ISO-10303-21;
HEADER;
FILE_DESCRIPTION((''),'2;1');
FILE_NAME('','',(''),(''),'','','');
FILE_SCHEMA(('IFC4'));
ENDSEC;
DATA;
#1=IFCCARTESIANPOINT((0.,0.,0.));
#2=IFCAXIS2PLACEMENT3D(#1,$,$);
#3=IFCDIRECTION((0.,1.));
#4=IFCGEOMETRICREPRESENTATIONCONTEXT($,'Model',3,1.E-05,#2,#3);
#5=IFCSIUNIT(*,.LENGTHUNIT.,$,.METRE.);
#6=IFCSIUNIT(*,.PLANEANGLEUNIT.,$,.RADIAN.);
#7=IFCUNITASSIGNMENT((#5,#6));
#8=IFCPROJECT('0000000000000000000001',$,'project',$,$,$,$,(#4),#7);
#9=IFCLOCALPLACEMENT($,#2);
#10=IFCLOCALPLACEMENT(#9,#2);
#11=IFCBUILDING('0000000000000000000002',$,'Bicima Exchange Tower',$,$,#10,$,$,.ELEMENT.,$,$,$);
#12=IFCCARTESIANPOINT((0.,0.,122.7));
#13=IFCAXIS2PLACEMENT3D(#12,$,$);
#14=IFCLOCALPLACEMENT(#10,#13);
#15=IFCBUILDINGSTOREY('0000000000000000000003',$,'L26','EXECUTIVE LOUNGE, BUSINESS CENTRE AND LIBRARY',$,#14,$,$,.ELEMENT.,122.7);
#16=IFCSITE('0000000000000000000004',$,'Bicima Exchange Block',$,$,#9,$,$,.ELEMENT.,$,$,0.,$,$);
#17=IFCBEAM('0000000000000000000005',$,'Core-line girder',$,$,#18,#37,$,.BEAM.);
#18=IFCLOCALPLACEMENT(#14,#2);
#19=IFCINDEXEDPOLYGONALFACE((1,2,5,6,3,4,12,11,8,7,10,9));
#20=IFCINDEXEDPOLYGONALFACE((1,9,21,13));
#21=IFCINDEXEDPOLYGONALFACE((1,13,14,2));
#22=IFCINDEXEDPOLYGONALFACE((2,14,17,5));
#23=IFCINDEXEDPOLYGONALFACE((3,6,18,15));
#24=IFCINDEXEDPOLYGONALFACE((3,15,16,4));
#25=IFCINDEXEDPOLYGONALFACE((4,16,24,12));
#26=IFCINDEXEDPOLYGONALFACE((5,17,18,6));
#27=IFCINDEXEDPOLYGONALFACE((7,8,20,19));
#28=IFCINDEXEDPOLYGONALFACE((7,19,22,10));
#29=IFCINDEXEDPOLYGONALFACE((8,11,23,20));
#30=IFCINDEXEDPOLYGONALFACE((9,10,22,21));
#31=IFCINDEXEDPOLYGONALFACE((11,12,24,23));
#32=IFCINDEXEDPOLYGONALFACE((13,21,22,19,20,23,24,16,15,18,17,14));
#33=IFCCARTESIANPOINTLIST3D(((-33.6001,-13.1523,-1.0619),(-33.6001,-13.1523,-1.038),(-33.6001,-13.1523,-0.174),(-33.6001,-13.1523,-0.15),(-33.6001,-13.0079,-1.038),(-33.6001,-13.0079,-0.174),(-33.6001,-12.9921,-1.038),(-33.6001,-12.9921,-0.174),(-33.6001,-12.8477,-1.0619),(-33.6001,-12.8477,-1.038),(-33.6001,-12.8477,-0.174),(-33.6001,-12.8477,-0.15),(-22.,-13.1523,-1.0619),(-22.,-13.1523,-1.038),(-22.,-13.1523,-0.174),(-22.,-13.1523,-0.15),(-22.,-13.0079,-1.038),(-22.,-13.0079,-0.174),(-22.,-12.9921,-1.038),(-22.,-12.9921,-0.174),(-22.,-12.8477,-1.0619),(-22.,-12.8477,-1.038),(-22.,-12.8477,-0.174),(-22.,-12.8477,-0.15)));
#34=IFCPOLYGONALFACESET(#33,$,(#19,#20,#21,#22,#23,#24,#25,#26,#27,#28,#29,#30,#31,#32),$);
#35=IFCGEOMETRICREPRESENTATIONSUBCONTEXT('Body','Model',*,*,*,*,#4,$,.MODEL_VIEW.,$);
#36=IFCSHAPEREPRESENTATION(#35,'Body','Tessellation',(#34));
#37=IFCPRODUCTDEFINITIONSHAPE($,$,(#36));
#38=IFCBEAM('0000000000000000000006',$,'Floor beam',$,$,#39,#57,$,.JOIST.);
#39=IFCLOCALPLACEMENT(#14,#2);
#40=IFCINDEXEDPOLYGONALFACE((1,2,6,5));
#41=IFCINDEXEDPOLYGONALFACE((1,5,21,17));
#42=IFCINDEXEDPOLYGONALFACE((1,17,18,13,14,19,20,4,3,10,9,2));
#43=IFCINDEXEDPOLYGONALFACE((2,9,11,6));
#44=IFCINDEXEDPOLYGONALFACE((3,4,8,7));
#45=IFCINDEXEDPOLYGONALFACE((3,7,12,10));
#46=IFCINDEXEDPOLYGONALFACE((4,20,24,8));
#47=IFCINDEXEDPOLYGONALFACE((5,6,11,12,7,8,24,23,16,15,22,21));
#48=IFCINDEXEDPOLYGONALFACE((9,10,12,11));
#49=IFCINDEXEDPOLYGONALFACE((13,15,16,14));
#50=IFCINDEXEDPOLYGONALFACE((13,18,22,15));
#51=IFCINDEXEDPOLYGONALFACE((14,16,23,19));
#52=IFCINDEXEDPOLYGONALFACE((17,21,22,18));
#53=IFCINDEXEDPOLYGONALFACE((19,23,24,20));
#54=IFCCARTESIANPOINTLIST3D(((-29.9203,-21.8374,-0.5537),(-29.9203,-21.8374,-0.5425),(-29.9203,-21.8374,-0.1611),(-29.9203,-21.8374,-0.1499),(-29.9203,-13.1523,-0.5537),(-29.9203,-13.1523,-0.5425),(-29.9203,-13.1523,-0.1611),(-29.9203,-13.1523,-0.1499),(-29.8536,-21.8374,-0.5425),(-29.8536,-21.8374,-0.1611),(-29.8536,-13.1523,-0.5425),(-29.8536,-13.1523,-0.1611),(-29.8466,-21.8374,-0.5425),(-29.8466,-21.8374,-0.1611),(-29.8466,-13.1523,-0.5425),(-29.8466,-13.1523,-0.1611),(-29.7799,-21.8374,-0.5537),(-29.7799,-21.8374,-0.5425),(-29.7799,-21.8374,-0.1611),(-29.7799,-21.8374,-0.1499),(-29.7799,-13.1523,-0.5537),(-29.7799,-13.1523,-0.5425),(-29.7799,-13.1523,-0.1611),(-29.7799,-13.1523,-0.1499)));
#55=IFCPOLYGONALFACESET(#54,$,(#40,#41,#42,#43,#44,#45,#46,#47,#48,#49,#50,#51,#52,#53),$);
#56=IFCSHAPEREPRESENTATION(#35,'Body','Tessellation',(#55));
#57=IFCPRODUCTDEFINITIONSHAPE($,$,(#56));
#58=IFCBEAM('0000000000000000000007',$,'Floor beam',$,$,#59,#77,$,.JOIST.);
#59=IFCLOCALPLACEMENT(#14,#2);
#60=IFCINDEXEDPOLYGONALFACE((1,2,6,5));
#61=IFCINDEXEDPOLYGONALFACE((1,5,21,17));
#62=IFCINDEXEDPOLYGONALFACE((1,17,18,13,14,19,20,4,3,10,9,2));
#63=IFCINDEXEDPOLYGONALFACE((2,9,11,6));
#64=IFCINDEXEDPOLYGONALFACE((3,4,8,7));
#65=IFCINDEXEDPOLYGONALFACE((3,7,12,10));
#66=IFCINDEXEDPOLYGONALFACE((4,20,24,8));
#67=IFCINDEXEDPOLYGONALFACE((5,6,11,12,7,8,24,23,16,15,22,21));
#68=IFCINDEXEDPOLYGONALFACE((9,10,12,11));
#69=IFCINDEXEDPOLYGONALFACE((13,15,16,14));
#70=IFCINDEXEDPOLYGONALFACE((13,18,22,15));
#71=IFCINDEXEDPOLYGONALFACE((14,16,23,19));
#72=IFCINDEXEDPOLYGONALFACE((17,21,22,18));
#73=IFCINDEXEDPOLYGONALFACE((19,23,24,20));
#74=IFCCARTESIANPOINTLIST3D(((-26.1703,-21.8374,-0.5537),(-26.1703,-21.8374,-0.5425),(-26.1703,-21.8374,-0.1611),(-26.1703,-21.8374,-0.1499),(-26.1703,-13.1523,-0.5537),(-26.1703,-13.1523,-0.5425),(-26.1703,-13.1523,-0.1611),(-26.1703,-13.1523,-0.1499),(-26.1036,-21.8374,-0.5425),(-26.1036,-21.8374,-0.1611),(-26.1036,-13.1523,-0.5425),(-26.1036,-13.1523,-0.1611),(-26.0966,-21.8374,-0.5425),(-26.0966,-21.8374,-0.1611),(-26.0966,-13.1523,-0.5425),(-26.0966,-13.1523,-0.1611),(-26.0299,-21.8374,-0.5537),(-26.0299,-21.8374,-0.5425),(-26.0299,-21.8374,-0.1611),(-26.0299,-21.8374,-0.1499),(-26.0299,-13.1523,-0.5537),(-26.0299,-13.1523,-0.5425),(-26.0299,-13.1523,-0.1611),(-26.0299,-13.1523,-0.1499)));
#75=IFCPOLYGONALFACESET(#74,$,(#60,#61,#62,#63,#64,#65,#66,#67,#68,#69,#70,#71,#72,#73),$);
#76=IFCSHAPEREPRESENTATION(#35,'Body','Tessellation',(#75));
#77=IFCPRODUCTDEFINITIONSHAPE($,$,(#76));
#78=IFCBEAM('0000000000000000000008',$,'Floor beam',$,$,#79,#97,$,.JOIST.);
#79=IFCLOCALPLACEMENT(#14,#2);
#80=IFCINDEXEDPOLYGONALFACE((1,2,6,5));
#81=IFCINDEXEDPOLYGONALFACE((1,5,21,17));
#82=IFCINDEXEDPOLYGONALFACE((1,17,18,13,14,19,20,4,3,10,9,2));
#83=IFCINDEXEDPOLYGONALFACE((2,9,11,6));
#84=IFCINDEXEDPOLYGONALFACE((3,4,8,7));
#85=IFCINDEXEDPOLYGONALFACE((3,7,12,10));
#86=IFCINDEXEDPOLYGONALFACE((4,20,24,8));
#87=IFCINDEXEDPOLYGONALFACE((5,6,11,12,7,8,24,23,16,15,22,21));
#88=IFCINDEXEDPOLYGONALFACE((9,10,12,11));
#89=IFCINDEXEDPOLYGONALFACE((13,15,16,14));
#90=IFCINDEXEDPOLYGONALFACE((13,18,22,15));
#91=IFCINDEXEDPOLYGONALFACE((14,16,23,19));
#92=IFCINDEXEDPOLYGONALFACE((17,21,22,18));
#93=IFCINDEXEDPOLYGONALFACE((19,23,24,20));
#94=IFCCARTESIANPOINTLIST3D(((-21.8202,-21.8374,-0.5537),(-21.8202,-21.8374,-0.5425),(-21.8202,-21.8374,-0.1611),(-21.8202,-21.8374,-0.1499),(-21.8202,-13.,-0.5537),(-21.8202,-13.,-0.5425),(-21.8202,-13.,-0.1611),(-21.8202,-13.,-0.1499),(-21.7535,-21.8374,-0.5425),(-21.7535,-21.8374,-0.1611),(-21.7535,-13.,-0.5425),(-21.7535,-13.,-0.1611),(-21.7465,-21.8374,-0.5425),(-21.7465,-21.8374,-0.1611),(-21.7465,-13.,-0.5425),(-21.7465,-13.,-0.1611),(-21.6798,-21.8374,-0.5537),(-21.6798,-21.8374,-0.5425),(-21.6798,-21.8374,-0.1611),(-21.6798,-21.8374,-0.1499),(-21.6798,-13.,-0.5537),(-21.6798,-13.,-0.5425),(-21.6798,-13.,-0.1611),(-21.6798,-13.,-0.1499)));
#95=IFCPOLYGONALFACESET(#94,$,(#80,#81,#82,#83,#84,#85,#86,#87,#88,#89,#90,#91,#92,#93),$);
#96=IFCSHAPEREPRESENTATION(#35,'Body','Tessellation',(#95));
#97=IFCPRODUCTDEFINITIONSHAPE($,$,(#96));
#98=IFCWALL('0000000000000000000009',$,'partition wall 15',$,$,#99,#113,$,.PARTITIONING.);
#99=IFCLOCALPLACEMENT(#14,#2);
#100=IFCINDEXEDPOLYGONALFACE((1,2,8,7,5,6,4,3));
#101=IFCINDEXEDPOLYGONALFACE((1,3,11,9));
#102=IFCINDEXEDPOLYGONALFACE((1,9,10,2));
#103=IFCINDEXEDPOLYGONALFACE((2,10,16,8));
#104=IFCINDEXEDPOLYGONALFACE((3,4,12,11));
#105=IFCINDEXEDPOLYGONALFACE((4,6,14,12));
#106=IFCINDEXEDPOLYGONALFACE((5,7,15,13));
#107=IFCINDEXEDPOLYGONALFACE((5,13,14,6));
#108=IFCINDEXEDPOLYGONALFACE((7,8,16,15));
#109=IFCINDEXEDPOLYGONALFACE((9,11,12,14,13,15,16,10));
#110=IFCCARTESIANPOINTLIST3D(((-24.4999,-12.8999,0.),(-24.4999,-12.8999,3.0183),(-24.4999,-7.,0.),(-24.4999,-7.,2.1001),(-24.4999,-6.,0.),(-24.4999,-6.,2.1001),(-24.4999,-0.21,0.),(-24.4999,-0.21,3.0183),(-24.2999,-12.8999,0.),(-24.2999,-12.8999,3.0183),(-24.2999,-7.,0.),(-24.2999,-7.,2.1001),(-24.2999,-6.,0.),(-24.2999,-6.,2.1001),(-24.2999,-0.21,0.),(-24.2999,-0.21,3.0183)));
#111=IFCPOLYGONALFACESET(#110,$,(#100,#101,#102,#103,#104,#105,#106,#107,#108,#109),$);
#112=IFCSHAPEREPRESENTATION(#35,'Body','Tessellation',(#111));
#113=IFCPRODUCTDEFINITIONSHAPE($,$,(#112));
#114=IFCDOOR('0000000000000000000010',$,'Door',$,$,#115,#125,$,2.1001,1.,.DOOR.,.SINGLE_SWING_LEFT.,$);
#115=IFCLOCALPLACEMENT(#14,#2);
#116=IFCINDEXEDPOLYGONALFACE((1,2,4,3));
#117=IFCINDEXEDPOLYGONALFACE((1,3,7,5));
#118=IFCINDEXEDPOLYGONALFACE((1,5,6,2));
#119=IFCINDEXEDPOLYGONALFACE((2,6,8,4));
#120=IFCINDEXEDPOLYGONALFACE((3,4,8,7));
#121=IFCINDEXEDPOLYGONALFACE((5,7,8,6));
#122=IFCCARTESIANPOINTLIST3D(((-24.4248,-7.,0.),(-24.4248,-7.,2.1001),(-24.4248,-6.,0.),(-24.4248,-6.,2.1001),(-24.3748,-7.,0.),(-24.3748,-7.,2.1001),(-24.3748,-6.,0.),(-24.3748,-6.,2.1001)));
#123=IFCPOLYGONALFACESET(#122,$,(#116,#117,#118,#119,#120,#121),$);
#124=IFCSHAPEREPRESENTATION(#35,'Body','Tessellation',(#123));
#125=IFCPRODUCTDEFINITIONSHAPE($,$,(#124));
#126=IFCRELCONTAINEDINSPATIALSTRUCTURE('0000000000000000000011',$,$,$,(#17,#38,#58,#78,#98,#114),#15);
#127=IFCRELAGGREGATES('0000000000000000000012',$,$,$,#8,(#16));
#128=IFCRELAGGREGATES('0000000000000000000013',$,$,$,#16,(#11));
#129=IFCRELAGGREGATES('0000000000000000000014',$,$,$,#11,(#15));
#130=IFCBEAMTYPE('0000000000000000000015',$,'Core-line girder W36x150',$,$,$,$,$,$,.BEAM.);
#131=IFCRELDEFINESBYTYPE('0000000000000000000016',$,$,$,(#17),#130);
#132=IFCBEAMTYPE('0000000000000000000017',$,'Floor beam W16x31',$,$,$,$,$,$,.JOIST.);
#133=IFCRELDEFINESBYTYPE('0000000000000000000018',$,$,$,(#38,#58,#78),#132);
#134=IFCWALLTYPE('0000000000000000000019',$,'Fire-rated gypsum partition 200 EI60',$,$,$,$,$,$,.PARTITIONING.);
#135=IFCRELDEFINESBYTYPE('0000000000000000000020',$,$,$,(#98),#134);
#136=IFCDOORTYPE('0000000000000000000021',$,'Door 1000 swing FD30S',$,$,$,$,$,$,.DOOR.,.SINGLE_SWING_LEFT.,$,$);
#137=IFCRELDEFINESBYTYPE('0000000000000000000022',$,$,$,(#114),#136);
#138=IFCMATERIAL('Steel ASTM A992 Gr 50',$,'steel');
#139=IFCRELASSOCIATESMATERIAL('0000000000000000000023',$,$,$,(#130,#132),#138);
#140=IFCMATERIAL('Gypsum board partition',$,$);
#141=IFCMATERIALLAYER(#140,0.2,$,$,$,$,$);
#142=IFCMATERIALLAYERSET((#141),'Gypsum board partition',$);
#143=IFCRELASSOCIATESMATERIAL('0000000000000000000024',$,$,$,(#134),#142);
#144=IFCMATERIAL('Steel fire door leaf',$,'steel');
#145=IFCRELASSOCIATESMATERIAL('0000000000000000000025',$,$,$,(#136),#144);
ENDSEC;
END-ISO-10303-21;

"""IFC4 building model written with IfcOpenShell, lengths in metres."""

from ifc_helpers import new_model, si_unit, direction, frame, frame_2d, origin, origin_2d, place, context, subcontext, project, spatial, rectangle, i_section, extrude, material, layer, layer_set, material_profile, profile_set, type_object, element, fill, save


model = new_model("IFC4")

# Units and contexts
model_context = context("Model", 3, precision=1e-05, world=origin(), true_north=direction((0.0, 1.0)))
body_context = subcontext(model_context, "Body", "Model", "MODEL_VIEW")
ifc_project = project(units=[si_unit("LENGTHUNIT", "METRE"), si_unit("PLANEANGLEUNIT", "RADIAN")], contexts=[model_context])

# Site, building, storey
site_placement = place(None, origin())
site = spatial("IfcSite", under=ifc_project, at=site_placement, Name="Bicima Exchange Block", CompositionType="ELEMENT", RefElevation=0.0)
building_placement = place(site_placement, origin())
building = spatial("IfcBuilding", under=site, at=building_placement, Name="Bicima Exchange Tower", CompositionType="ELEMENT")
storey_placement = place(building_placement, frame((0.0, 0.0, 122.7)))
storey = spatial("IfcBuildingStorey", under=building, at=storey_placement, Name="L26", Description="EXECUTIVE LOUNGE, BUSINESS CENTRE AND LIBRARY", CompositionType="ELEMENT", Elevation=122.7)

# Beams
ifc_material_1 = material(Name="Steel ASTM A992 Gr 50", Category="steel")
ifc_material_profile_1 = material_profile(ifc_material_1, i_section(OverallWidth=0.3047, OverallDepth=0.9119, WebThickness=0.0159, FlangeThickness=0.0239, at=origin_2d()))
ifc_profile_set_1 = profile_set([ifc_material_profile_1], Name="Steel ASTM A992 Gr 50")
beam_type_1 = type_object("IfcBeamType", Name="Core-line girder W36x150", PredefinedType="BEAM", material=ifc_profile_set_1)
beam_1_placement = place(storey_placement, frame((-22.0, -13.0, -0.606), z_axis=(-1.0, 0.0, 0.0), x_axis=(0.0, -1.0, 0.0)))
element("IfcBeam", 1, at=beam_1_placement, inside=storey, type_object=beam_type_1, Name="Core-line girder", PredefinedType="BEAM", context=body_context, shape_type="SweptSolid", body=[
    extrude(i_section(OverallWidth=0.3047, OverallDepth=0.9119, WebThickness=0.0159, FlangeThickness=0.0239, at=origin_2d()), origin(), (0.0, 0.0, 1.0), 11.6001),
])
ifc_material_profile_2 = material_profile(ifc_material_1, i_section(OverallWidth=0.1404, OverallDepth=0.4038, WebThickness=0.0071, FlangeThickness=0.0112, at=origin_2d()))
ifc_profile_set_2 = profile_set([ifc_material_profile_2], Name="Steel ASTM A992 Gr 50")
beam_type_2 = type_object("IfcBeamType", Name="Floor beam W16x31", PredefinedType="JOIST", material=ifc_profile_set_2)
for number, where, z_axis, x_axis, name in (
    (2, (-29.8501, -13.1523, -0.3518), (0.0, -1.0, 0.0), (1.0, 0.0, 0.0), "Floor beam"),
    (3, (-26.1001, -13.1523, -0.3518), (0.0, -1.0, 0.0), (1.0, 0.0, 0.0), "Floor beam"),
):
    element("IfcBeam", number, at=place(storey_placement, frame(where, z_axis=z_axis, x_axis=x_axis)), inside=storey, type_object=beam_type_2, Name=name, PredefinedType="JOIST", context=body_context, shape_type="SweptSolid", body=[
        extrude(i_section(OverallWidth=0.1404, OverallDepth=0.4038, WebThickness=0.0071, FlangeThickness=0.0112, at=origin_2d()), origin(), (0.0, 0.0, 1.0), 8.6851),
    ])
beam_2_placement = place(storey_placement, frame((-21.75, -13.0, -0.3518), z_axis=(0.0, -1.0, 0.0), x_axis=(1.0, 0.0, 0.0)))
element("IfcBeam", 4, at=beam_2_placement, inside=storey, type_object=beam_type_2, Name="Floor beam", PredefinedType="JOIST", context=body_context, shape_type="SweptSolid", body=[
    extrude(i_section(OverallWidth=0.1404, OverallDepth=0.4038, WebThickness=0.0071, FlangeThickness=0.0112, at=origin_2d()), origin(), (0.0, 0.0, 1.0), 8.8374),
])

# Wall, opening, door
ifc_material_2 = material(Name="Gypsum board partition")
ifc_layer_1 = layer(ifc_material_2, 0.2)
ifc_layer_set_1 = layer_set([ifc_layer_1], Name="Gypsum board partition")
wall_type_1 = type_object("IfcWallType", Name="Fire-rated gypsum partition 200 EI60", PredefinedType="PARTITIONING", material=ifc_layer_set_1)
wall_1_placement = place(storey_placement, frame((-24.3999, -12.8999, 0.0), z_axis=(0.0, 0.0, 1.0), x_axis=(0.0, 1.0, 0.0)))
wall_1 = element("IfcWall", 5, at=wall_1_placement, inside=storey, type_object=wall_type_1, Name="partition wall 15", PredefinedType="PARTITIONING", context=body_context, shape_type="SweptSolid", body=[
    extrude(rectangle(XDim=12.6899, YDim=0.2, at=frame_2d((6.345, 0.0))), origin(), (0.0, 0.0, 1.0), 3.0183),
])
opening_1_placement = place(wall_1_placement, frame((5.8999, 0.0, 0.0)))
opening_1 = element("IfcOpeningElement", 6, at=opening_1_placement, cuts=wall_1, PredefinedType="OPENING", context=body_context, shape_type="SweptSolid", body=[
    extrude(rectangle(XDim=1.0, YDim=2.1001, at=frame_2d((0.5, 1.05))), frame((0.0, 0.1118, 0.0), z_axis=(0.0, -1.0, 0.0), x_axis=(1.0, 0.0, 0.0)), (0.0, 0.0, 1.0), 0.2239),
])
ifc_material_3 = material(Name="Steel fire door leaf", Category="steel")
door_type_1 = type_object("IfcDoorType", Name="Door 1000 swing FD30S", OperationType="SINGLE_SWING_LEFT", PredefinedType="DOOR", material=ifc_material_3)
door_1_placement = place(opening_1_placement, origin())
door_1 = element("IfcDoor", 7, at=door_1_placement, inside=storey, type_object=door_type_1, Name="Door", OperationType="SINGLE_SWING_LEFT", OverallHeight=2.1001, OverallWidth=1.0, PredefinedType="DOOR", context=body_context, shape_type="SweptSolid", body=[
    extrude(rectangle(XDim=1.0, YDim=2.1001, at=frame_2d((0.5, 1.05))), frame((0.0, 0.0249, 0.0), z_axis=(0.0, -1.0, 0.0), x_axis=(1.0, 0.0, 0.0)), (0.0, 0.0, 1.0), 0.05),
])
fill(opening_1, door_1)

save(model, "model.ifc")
